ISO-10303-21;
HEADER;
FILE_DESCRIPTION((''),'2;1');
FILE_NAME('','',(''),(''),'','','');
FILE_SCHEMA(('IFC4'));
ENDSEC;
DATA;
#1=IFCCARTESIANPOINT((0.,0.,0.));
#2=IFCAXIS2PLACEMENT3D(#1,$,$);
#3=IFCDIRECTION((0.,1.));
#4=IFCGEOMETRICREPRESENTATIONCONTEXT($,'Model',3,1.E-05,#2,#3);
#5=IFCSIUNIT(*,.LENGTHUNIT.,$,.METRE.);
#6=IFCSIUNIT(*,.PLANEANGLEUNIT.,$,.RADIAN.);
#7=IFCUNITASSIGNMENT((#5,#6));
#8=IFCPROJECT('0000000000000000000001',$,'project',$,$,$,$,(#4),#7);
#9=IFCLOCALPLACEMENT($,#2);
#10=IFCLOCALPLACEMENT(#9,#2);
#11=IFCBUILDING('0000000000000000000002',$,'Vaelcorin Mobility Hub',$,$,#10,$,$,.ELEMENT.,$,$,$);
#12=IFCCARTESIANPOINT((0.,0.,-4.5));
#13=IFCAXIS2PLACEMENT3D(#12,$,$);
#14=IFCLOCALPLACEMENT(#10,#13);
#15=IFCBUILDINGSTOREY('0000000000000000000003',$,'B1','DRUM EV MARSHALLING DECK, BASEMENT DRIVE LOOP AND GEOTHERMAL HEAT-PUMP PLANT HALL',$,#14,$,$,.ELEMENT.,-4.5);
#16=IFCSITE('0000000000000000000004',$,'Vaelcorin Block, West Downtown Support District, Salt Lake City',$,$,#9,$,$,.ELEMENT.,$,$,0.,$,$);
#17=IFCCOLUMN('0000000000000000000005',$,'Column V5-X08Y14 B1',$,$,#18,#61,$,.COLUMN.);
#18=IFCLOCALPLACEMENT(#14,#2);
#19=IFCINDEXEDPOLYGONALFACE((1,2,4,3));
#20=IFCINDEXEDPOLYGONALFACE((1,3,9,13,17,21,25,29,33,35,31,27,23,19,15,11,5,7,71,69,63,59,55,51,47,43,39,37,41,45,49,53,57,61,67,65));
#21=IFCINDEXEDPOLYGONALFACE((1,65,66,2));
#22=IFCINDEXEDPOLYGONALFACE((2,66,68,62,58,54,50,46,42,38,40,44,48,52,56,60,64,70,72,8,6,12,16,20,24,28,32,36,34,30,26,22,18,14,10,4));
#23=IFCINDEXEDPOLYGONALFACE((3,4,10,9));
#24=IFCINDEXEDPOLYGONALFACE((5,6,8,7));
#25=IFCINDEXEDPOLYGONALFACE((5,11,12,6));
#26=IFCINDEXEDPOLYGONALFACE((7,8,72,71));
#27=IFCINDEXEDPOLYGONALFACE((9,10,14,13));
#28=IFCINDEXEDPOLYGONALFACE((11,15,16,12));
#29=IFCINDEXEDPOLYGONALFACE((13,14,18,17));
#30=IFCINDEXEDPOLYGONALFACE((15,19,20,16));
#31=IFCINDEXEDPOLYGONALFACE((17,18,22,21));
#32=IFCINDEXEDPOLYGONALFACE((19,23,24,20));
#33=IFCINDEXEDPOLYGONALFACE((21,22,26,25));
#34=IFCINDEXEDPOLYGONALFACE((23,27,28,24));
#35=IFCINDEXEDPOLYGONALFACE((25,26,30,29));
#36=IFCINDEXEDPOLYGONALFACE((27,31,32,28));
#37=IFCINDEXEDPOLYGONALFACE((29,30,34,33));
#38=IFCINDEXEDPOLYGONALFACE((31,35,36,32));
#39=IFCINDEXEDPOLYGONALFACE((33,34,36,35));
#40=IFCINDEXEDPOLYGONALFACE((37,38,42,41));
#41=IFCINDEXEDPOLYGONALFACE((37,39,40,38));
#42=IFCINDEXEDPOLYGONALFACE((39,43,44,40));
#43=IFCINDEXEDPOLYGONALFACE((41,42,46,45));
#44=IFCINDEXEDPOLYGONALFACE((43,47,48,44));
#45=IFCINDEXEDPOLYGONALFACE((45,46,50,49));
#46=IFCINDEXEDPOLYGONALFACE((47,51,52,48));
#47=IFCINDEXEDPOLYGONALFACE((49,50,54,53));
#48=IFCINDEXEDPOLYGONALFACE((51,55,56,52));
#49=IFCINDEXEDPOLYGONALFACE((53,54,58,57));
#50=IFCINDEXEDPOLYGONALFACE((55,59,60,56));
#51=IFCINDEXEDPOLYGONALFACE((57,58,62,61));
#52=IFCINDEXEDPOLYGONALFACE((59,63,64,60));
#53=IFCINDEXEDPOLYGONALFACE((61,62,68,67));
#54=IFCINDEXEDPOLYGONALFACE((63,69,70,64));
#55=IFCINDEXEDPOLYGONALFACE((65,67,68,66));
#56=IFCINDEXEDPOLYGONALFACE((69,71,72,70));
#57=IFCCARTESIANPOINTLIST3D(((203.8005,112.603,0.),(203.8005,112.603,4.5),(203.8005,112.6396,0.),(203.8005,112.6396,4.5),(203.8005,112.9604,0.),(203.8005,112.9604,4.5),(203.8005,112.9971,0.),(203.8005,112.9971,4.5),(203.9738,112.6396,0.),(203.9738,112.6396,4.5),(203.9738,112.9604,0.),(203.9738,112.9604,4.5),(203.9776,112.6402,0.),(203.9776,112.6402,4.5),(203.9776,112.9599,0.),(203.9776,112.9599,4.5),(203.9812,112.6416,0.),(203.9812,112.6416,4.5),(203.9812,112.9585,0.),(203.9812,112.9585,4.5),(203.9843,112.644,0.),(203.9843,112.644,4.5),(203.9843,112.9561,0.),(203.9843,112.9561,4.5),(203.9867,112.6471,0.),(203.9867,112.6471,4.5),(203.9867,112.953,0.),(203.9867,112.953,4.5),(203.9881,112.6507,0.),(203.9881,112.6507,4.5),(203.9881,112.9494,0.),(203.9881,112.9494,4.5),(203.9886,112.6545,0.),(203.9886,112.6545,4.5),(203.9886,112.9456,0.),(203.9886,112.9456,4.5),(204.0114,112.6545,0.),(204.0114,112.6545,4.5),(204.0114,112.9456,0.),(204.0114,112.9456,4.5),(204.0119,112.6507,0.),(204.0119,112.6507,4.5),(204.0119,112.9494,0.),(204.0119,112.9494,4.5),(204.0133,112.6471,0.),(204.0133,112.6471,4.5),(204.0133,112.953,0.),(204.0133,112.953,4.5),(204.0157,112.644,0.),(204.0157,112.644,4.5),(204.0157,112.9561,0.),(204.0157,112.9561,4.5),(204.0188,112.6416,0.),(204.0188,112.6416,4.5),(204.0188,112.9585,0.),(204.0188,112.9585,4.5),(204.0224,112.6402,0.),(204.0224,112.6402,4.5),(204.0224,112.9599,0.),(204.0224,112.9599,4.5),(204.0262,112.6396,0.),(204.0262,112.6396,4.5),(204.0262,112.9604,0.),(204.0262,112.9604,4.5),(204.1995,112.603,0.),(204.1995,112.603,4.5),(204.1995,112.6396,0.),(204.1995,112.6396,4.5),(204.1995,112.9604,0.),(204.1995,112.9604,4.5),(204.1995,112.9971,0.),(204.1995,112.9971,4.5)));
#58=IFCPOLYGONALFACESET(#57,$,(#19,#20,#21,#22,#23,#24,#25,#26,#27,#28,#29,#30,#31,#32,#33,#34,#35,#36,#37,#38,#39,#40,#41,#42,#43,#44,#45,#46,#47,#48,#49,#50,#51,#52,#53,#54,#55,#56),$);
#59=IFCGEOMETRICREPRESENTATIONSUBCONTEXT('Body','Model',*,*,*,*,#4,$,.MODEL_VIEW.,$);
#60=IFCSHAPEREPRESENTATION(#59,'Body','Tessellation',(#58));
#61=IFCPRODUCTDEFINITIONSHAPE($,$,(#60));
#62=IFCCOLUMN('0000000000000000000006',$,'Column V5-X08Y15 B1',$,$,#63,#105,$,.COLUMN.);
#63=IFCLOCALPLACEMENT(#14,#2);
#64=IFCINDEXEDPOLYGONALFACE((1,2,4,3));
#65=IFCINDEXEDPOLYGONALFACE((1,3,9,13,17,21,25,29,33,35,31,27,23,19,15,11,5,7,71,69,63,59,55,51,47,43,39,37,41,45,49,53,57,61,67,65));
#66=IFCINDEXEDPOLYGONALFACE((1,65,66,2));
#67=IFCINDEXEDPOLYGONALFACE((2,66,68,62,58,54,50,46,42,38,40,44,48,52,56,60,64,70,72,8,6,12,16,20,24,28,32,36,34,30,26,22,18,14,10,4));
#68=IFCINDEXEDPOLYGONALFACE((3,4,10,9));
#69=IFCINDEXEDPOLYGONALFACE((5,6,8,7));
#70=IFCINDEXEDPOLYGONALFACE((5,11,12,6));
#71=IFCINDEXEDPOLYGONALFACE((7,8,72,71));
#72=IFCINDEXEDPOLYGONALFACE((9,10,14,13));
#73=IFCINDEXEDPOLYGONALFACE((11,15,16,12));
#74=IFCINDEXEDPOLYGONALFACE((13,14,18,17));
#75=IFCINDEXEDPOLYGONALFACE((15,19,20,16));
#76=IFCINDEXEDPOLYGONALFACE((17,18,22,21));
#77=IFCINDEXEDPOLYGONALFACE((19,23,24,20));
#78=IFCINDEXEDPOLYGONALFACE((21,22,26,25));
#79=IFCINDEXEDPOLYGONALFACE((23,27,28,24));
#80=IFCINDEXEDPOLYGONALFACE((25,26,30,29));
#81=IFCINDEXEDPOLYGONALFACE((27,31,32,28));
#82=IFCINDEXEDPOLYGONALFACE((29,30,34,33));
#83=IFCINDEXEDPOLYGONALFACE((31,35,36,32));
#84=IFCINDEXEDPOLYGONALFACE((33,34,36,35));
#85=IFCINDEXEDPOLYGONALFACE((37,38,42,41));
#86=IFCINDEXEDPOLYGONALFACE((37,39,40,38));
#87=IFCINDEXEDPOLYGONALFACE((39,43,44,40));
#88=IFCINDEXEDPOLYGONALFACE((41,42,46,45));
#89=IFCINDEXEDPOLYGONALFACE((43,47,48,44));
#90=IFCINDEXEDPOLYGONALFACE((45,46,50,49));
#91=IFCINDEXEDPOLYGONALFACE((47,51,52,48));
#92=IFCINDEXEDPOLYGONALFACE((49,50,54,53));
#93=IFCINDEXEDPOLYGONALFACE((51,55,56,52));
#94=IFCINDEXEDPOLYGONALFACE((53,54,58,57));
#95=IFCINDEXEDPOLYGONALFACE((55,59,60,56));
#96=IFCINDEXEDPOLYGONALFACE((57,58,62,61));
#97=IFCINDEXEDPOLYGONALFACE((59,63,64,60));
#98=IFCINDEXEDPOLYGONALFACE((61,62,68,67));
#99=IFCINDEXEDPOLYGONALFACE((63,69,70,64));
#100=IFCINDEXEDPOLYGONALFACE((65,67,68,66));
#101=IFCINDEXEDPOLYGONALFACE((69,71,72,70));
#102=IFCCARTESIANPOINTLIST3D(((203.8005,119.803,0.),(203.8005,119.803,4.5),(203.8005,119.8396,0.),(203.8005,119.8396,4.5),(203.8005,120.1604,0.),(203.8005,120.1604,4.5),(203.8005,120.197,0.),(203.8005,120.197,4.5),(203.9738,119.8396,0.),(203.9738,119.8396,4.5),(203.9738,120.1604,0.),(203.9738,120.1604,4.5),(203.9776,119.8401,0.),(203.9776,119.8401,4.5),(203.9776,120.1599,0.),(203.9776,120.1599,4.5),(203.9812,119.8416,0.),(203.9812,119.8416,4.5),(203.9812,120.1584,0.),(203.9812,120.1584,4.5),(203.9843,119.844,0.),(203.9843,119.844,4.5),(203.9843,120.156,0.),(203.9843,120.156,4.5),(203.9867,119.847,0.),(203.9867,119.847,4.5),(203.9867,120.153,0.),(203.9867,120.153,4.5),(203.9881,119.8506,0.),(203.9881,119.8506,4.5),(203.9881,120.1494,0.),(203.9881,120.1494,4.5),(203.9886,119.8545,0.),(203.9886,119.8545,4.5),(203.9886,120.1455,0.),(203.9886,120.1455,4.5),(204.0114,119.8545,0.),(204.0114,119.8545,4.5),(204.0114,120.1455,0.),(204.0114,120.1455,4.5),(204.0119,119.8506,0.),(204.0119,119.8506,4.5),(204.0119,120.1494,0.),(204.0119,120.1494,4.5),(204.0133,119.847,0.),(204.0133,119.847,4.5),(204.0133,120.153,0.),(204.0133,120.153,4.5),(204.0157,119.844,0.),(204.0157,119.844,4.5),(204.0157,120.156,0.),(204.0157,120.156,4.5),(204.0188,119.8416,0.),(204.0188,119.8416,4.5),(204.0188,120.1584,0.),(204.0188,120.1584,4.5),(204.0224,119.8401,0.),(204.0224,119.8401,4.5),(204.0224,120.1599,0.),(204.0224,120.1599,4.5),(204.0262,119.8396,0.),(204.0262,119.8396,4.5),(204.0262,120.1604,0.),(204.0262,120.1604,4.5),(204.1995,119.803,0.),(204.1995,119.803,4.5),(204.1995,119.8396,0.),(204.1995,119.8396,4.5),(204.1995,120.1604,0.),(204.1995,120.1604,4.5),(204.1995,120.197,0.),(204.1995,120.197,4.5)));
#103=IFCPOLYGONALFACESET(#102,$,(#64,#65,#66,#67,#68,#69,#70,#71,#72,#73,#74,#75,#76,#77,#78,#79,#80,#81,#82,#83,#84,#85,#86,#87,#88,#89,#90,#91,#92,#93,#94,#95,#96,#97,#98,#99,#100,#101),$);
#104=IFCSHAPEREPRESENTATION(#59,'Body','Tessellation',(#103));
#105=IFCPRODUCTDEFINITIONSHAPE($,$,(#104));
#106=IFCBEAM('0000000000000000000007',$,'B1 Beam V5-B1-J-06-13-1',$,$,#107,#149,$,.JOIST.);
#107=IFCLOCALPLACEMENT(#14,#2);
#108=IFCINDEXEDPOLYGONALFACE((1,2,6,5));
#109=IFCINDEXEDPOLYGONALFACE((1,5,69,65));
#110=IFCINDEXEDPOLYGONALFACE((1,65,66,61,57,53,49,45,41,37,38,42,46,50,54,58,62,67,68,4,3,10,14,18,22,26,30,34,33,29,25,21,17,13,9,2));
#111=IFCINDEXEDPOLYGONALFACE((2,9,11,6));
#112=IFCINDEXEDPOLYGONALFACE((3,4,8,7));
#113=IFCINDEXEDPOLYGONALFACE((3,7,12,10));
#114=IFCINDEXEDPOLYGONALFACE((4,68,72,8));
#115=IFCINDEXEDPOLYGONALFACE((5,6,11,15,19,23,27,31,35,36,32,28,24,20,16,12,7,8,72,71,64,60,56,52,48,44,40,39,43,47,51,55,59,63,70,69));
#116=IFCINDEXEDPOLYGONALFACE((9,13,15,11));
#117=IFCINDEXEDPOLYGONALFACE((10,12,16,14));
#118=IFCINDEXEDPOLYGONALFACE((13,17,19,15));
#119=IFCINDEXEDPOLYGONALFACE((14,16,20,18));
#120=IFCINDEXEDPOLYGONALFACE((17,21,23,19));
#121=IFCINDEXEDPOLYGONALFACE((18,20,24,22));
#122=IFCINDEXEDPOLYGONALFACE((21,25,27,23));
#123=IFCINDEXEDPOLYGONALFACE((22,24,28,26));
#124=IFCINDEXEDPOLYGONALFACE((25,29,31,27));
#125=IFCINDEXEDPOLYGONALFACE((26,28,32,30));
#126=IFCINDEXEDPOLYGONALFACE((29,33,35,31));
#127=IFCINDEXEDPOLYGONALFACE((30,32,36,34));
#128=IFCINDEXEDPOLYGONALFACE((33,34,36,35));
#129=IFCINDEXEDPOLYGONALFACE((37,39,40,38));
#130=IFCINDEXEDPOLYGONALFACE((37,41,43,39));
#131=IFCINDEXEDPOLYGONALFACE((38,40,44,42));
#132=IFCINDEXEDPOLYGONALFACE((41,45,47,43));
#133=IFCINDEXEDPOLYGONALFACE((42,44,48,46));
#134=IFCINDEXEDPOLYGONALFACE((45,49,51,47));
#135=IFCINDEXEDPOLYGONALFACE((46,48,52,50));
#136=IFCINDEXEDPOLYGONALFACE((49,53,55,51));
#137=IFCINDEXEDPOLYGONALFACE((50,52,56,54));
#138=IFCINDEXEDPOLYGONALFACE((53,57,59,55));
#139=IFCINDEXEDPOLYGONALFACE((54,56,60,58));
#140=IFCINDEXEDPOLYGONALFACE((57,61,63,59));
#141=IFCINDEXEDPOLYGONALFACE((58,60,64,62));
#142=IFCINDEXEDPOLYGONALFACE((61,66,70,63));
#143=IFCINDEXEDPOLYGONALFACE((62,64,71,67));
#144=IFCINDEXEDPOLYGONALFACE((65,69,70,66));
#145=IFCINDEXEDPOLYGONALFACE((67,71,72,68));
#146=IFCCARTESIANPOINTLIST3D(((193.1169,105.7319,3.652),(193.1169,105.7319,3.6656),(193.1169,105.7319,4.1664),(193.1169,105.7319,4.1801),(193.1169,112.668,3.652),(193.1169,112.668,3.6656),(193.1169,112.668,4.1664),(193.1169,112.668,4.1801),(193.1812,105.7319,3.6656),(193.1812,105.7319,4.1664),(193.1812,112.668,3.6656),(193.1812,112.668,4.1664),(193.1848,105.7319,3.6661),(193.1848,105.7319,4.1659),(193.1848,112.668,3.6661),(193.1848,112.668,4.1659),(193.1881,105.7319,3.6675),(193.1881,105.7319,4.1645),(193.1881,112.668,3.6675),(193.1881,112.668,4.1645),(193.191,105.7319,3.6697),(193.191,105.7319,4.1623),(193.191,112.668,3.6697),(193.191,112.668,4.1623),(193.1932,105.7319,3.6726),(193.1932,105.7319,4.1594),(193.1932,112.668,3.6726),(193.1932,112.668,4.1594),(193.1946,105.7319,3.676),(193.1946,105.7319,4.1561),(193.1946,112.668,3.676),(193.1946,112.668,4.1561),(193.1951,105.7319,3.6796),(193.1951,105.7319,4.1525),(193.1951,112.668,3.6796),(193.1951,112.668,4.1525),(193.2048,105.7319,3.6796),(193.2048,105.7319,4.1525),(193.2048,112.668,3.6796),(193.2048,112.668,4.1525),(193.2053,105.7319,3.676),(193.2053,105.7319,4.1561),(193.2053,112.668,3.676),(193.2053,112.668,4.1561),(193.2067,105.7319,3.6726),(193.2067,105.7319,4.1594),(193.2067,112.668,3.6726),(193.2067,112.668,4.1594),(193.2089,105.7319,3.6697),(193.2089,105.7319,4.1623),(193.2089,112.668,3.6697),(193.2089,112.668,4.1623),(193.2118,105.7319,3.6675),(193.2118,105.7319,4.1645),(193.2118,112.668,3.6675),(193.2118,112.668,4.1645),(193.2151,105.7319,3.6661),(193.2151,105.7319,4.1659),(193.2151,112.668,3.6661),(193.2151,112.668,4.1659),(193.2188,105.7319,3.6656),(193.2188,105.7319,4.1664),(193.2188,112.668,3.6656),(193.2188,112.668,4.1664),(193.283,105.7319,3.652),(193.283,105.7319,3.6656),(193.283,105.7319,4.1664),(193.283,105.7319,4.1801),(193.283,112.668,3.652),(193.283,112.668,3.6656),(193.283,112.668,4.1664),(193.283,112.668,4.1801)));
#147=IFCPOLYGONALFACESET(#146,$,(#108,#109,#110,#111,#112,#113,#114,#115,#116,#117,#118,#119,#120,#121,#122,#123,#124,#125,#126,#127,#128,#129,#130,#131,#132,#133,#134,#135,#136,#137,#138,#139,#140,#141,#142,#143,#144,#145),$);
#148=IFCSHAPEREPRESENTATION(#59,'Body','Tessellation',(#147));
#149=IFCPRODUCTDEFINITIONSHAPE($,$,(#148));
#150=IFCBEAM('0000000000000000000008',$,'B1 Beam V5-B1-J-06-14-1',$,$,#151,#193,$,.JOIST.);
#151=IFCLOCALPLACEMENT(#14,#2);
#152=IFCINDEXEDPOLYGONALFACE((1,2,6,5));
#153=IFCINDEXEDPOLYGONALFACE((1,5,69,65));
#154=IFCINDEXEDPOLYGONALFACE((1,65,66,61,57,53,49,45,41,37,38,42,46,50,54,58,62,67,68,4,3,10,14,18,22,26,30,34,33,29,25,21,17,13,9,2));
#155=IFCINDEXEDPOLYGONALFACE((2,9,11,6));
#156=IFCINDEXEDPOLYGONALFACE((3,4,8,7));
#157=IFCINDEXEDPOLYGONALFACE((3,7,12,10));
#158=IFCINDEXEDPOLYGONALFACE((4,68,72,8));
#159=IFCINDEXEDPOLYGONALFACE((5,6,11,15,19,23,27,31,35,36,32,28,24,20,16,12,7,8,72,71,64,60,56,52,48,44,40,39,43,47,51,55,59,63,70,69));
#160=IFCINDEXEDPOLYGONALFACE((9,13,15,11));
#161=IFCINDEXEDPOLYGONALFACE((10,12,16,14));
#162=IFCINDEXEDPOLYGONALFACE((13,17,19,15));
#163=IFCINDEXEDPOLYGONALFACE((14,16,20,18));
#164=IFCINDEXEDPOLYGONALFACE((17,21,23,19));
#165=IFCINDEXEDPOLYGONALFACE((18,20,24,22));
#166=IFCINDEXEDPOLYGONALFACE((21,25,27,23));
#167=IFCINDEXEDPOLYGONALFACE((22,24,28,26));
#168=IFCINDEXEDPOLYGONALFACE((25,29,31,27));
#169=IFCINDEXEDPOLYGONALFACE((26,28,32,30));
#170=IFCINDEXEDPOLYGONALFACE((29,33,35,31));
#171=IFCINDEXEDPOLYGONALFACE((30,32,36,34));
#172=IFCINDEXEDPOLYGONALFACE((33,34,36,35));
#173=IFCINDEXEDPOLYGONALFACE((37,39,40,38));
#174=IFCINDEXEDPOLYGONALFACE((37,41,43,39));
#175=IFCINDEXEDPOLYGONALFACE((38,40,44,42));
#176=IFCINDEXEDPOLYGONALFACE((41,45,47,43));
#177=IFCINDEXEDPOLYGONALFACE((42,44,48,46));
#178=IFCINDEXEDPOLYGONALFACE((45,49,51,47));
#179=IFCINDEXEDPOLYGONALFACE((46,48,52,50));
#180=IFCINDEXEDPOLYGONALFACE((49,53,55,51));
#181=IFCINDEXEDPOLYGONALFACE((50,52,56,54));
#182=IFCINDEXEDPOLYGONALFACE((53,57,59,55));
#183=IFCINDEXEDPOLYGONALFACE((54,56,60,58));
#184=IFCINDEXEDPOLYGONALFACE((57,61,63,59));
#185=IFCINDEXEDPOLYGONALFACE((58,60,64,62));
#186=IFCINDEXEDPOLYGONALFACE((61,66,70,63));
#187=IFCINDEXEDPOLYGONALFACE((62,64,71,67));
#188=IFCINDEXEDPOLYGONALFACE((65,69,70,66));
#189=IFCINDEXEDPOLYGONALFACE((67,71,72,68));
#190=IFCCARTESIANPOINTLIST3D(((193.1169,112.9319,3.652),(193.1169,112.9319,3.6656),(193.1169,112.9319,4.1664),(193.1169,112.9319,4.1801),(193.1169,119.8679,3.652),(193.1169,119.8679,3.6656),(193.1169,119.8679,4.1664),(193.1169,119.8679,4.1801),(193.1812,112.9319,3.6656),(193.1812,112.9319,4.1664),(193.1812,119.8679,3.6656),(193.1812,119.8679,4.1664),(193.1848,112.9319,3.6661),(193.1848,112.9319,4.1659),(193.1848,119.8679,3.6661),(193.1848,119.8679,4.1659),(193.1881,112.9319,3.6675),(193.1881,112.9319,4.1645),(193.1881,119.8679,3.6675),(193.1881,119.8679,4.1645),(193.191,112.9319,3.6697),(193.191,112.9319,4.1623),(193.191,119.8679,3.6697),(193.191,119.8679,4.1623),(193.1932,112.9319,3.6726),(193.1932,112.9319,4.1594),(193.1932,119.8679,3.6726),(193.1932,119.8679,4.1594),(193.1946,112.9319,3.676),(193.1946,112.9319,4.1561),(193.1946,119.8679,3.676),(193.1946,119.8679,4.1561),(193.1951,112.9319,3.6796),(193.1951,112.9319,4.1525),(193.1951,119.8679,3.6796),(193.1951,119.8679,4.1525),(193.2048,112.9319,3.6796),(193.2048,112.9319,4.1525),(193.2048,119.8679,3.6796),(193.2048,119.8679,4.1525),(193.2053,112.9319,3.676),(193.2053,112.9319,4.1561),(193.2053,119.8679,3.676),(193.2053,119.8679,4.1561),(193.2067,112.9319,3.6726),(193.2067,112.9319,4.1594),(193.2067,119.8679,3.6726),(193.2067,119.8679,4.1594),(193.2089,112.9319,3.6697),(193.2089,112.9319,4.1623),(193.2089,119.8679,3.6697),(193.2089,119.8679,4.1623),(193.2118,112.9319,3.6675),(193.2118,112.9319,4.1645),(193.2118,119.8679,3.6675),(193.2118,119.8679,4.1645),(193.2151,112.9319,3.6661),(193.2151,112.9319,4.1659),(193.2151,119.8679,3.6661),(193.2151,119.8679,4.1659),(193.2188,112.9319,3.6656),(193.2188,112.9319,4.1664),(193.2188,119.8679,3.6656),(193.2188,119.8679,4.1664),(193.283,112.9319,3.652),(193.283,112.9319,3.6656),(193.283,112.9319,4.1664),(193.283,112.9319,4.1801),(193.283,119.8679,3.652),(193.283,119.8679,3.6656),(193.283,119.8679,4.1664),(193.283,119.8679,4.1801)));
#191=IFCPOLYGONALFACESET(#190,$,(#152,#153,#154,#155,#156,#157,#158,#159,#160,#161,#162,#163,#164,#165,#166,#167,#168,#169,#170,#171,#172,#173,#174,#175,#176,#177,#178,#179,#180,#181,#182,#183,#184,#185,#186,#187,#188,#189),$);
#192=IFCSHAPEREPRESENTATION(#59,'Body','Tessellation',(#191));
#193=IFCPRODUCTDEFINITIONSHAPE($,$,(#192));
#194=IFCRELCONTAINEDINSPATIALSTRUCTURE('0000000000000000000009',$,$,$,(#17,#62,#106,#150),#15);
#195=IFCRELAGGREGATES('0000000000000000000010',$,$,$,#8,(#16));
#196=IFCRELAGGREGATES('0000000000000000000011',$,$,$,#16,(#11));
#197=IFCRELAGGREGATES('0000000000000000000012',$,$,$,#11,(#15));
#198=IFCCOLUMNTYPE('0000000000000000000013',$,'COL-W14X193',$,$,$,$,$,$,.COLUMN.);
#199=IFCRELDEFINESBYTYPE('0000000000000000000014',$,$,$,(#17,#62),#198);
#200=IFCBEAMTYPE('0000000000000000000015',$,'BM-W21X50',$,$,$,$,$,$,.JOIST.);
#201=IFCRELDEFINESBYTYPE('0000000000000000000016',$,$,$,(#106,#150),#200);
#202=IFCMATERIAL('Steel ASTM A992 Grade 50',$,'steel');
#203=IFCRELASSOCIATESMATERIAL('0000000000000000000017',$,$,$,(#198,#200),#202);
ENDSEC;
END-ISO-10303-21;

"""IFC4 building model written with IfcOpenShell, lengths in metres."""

from ifc_helpers import new_model, si_unit, direction, frame, origin, origin_2d, place, context, subcontext, project, spatial, i_section, extrude, material, material_profile, profile_set, type_object, element, save


model = new_model("IFC4")

# Units and contexts
model_context = context("Model", 3, precision=1e-05, world=origin(), true_north=direction((0.0, 1.0)))
body_context = subcontext(model_context, "Body", "Model", "MODEL_VIEW")
ifc_project = project(units=[si_unit("LENGTHUNIT", "METRE"), si_unit("PLANEANGLEUNIT", "RADIAN")], contexts=[model_context])

# Site, building, storey
site_placement = place(None, origin())
site = spatial("IfcSite", under=ifc_project, at=site_placement, Name="Vaelcorin Block, West Downtown Support District, Salt Lake City", CompositionType="ELEMENT", RefElevation=0.0)
building_placement = place(site_placement, origin())
building = spatial("IfcBuilding", under=site, at=building_placement, Name="Vaelcorin Mobility Hub", CompositionType="ELEMENT")
storey_placement = place(building_placement, frame((0.0, 0.0, -4.5)))
storey = spatial("IfcBuildingStorey", under=building, at=storey_placement, Name="B1", Description="DRUM EV MARSHALLING DECK, BASEMENT DRIVE LOOP AND GEOTHERMAL HEAT-PUMP PLANT HALL", CompositionType="ELEMENT", Elevation=-4.5)

# Columns
ifc_material_1 = material(Name="Steel ASTM A992 Grade 50", Category="steel")
ifc_material_profile_1 = material_profile(ifc_material_1, i_section(OverallWidth=0.3989, OverallDepth=0.394, WebThickness=0.0227, FlangeThickness=0.0366, FilletRadius=0.0149, at=origin_2d()), Name="W14X193")
ifc_profile_set_1 = profile_set([ifc_material_profile_1], Name="Steel ASTM A992 Grade 50")
column_type = type_object("IfcColumnType", Name="COL-W14X193", PredefinedType="COLUMN", material=ifc_profile_set_1)
for number, where, z_axis, x_axis, name in (
    (1, (204.0, 112.8, 0.0), (0.0, 0.0, 1.0), (1.0, 0.0, 0.0), "Column V5-X08Y14 B1"),
    (2, (204.0, 120.0, 0.0), (0.0, 0.0, 1.0), (1.0, 0.0, 0.0), "Column V5-X08Y15 B1"),
):
    element("IfcColumn", number, at=place(storey_placement, frame(where, z_axis=z_axis, x_axis=x_axis)), inside=storey, type_object=column_type, Name=name, PredefinedType="COLUMN", context=body_context, shape_type="SweptSolid", body=[
        extrude(i_section(OverallWidth=0.3989, OverallDepth=0.394, WebThickness=0.0227, FlangeThickness=0.0366, FilletRadius=0.0149, at=origin_2d()), origin(), (0.0, 0.0, 1.0), 4.5),
    ])

# Beams
ifc_material_profile_2 = material_profile(ifc_material_1, i_section(OverallWidth=0.166, OverallDepth=0.5281, WebThickness=0.0098, FlangeThickness=0.0137, FilletRadius=0.0139, at=origin_2d()), Name="W21X50")
ifc_profile_set_2 = profile_set([ifc_material_profile_2], Name="Steel ASTM A992 Grade 50")
beam_type_1 = type_object("IfcBeamType", Name="BM-W21X50", PredefinedType="JOIST", material=ifc_profile_set_2)
for number, where, z_axis, x_axis, name in (
    (3, (193.2, 105.7319, 3.916), (0.0, 1.0, 0.0), (-1.0, 0.0, 0.0), "B1 Beam V5-B1-J-06-13-1"),
    (4, (193.2, 112.9319, 3.916), (0.0, 1.0, 0.0), (-1.0, 0.0, 0.0), "B1 Beam V5-B1-J-06-14-1"),
):
    element("IfcBeam", number, at=place(storey_placement, frame(where, z_axis=z_axis, x_axis=x_axis)), inside=storey, type_object=beam_type_1, Name=name, PredefinedType="JOIST", context=body_context, shape_type="SweptSolid", body=[
        extrude(i_section(OverallWidth=0.166, OverallDepth=0.5281, WebThickness=0.0098, FlangeThickness=0.0137, FilletRadius=0.0139, at=origin_2d()), origin(), (0.0, 0.0, 1.0), 6.936),
    ])

save(model, "model.ifc")
